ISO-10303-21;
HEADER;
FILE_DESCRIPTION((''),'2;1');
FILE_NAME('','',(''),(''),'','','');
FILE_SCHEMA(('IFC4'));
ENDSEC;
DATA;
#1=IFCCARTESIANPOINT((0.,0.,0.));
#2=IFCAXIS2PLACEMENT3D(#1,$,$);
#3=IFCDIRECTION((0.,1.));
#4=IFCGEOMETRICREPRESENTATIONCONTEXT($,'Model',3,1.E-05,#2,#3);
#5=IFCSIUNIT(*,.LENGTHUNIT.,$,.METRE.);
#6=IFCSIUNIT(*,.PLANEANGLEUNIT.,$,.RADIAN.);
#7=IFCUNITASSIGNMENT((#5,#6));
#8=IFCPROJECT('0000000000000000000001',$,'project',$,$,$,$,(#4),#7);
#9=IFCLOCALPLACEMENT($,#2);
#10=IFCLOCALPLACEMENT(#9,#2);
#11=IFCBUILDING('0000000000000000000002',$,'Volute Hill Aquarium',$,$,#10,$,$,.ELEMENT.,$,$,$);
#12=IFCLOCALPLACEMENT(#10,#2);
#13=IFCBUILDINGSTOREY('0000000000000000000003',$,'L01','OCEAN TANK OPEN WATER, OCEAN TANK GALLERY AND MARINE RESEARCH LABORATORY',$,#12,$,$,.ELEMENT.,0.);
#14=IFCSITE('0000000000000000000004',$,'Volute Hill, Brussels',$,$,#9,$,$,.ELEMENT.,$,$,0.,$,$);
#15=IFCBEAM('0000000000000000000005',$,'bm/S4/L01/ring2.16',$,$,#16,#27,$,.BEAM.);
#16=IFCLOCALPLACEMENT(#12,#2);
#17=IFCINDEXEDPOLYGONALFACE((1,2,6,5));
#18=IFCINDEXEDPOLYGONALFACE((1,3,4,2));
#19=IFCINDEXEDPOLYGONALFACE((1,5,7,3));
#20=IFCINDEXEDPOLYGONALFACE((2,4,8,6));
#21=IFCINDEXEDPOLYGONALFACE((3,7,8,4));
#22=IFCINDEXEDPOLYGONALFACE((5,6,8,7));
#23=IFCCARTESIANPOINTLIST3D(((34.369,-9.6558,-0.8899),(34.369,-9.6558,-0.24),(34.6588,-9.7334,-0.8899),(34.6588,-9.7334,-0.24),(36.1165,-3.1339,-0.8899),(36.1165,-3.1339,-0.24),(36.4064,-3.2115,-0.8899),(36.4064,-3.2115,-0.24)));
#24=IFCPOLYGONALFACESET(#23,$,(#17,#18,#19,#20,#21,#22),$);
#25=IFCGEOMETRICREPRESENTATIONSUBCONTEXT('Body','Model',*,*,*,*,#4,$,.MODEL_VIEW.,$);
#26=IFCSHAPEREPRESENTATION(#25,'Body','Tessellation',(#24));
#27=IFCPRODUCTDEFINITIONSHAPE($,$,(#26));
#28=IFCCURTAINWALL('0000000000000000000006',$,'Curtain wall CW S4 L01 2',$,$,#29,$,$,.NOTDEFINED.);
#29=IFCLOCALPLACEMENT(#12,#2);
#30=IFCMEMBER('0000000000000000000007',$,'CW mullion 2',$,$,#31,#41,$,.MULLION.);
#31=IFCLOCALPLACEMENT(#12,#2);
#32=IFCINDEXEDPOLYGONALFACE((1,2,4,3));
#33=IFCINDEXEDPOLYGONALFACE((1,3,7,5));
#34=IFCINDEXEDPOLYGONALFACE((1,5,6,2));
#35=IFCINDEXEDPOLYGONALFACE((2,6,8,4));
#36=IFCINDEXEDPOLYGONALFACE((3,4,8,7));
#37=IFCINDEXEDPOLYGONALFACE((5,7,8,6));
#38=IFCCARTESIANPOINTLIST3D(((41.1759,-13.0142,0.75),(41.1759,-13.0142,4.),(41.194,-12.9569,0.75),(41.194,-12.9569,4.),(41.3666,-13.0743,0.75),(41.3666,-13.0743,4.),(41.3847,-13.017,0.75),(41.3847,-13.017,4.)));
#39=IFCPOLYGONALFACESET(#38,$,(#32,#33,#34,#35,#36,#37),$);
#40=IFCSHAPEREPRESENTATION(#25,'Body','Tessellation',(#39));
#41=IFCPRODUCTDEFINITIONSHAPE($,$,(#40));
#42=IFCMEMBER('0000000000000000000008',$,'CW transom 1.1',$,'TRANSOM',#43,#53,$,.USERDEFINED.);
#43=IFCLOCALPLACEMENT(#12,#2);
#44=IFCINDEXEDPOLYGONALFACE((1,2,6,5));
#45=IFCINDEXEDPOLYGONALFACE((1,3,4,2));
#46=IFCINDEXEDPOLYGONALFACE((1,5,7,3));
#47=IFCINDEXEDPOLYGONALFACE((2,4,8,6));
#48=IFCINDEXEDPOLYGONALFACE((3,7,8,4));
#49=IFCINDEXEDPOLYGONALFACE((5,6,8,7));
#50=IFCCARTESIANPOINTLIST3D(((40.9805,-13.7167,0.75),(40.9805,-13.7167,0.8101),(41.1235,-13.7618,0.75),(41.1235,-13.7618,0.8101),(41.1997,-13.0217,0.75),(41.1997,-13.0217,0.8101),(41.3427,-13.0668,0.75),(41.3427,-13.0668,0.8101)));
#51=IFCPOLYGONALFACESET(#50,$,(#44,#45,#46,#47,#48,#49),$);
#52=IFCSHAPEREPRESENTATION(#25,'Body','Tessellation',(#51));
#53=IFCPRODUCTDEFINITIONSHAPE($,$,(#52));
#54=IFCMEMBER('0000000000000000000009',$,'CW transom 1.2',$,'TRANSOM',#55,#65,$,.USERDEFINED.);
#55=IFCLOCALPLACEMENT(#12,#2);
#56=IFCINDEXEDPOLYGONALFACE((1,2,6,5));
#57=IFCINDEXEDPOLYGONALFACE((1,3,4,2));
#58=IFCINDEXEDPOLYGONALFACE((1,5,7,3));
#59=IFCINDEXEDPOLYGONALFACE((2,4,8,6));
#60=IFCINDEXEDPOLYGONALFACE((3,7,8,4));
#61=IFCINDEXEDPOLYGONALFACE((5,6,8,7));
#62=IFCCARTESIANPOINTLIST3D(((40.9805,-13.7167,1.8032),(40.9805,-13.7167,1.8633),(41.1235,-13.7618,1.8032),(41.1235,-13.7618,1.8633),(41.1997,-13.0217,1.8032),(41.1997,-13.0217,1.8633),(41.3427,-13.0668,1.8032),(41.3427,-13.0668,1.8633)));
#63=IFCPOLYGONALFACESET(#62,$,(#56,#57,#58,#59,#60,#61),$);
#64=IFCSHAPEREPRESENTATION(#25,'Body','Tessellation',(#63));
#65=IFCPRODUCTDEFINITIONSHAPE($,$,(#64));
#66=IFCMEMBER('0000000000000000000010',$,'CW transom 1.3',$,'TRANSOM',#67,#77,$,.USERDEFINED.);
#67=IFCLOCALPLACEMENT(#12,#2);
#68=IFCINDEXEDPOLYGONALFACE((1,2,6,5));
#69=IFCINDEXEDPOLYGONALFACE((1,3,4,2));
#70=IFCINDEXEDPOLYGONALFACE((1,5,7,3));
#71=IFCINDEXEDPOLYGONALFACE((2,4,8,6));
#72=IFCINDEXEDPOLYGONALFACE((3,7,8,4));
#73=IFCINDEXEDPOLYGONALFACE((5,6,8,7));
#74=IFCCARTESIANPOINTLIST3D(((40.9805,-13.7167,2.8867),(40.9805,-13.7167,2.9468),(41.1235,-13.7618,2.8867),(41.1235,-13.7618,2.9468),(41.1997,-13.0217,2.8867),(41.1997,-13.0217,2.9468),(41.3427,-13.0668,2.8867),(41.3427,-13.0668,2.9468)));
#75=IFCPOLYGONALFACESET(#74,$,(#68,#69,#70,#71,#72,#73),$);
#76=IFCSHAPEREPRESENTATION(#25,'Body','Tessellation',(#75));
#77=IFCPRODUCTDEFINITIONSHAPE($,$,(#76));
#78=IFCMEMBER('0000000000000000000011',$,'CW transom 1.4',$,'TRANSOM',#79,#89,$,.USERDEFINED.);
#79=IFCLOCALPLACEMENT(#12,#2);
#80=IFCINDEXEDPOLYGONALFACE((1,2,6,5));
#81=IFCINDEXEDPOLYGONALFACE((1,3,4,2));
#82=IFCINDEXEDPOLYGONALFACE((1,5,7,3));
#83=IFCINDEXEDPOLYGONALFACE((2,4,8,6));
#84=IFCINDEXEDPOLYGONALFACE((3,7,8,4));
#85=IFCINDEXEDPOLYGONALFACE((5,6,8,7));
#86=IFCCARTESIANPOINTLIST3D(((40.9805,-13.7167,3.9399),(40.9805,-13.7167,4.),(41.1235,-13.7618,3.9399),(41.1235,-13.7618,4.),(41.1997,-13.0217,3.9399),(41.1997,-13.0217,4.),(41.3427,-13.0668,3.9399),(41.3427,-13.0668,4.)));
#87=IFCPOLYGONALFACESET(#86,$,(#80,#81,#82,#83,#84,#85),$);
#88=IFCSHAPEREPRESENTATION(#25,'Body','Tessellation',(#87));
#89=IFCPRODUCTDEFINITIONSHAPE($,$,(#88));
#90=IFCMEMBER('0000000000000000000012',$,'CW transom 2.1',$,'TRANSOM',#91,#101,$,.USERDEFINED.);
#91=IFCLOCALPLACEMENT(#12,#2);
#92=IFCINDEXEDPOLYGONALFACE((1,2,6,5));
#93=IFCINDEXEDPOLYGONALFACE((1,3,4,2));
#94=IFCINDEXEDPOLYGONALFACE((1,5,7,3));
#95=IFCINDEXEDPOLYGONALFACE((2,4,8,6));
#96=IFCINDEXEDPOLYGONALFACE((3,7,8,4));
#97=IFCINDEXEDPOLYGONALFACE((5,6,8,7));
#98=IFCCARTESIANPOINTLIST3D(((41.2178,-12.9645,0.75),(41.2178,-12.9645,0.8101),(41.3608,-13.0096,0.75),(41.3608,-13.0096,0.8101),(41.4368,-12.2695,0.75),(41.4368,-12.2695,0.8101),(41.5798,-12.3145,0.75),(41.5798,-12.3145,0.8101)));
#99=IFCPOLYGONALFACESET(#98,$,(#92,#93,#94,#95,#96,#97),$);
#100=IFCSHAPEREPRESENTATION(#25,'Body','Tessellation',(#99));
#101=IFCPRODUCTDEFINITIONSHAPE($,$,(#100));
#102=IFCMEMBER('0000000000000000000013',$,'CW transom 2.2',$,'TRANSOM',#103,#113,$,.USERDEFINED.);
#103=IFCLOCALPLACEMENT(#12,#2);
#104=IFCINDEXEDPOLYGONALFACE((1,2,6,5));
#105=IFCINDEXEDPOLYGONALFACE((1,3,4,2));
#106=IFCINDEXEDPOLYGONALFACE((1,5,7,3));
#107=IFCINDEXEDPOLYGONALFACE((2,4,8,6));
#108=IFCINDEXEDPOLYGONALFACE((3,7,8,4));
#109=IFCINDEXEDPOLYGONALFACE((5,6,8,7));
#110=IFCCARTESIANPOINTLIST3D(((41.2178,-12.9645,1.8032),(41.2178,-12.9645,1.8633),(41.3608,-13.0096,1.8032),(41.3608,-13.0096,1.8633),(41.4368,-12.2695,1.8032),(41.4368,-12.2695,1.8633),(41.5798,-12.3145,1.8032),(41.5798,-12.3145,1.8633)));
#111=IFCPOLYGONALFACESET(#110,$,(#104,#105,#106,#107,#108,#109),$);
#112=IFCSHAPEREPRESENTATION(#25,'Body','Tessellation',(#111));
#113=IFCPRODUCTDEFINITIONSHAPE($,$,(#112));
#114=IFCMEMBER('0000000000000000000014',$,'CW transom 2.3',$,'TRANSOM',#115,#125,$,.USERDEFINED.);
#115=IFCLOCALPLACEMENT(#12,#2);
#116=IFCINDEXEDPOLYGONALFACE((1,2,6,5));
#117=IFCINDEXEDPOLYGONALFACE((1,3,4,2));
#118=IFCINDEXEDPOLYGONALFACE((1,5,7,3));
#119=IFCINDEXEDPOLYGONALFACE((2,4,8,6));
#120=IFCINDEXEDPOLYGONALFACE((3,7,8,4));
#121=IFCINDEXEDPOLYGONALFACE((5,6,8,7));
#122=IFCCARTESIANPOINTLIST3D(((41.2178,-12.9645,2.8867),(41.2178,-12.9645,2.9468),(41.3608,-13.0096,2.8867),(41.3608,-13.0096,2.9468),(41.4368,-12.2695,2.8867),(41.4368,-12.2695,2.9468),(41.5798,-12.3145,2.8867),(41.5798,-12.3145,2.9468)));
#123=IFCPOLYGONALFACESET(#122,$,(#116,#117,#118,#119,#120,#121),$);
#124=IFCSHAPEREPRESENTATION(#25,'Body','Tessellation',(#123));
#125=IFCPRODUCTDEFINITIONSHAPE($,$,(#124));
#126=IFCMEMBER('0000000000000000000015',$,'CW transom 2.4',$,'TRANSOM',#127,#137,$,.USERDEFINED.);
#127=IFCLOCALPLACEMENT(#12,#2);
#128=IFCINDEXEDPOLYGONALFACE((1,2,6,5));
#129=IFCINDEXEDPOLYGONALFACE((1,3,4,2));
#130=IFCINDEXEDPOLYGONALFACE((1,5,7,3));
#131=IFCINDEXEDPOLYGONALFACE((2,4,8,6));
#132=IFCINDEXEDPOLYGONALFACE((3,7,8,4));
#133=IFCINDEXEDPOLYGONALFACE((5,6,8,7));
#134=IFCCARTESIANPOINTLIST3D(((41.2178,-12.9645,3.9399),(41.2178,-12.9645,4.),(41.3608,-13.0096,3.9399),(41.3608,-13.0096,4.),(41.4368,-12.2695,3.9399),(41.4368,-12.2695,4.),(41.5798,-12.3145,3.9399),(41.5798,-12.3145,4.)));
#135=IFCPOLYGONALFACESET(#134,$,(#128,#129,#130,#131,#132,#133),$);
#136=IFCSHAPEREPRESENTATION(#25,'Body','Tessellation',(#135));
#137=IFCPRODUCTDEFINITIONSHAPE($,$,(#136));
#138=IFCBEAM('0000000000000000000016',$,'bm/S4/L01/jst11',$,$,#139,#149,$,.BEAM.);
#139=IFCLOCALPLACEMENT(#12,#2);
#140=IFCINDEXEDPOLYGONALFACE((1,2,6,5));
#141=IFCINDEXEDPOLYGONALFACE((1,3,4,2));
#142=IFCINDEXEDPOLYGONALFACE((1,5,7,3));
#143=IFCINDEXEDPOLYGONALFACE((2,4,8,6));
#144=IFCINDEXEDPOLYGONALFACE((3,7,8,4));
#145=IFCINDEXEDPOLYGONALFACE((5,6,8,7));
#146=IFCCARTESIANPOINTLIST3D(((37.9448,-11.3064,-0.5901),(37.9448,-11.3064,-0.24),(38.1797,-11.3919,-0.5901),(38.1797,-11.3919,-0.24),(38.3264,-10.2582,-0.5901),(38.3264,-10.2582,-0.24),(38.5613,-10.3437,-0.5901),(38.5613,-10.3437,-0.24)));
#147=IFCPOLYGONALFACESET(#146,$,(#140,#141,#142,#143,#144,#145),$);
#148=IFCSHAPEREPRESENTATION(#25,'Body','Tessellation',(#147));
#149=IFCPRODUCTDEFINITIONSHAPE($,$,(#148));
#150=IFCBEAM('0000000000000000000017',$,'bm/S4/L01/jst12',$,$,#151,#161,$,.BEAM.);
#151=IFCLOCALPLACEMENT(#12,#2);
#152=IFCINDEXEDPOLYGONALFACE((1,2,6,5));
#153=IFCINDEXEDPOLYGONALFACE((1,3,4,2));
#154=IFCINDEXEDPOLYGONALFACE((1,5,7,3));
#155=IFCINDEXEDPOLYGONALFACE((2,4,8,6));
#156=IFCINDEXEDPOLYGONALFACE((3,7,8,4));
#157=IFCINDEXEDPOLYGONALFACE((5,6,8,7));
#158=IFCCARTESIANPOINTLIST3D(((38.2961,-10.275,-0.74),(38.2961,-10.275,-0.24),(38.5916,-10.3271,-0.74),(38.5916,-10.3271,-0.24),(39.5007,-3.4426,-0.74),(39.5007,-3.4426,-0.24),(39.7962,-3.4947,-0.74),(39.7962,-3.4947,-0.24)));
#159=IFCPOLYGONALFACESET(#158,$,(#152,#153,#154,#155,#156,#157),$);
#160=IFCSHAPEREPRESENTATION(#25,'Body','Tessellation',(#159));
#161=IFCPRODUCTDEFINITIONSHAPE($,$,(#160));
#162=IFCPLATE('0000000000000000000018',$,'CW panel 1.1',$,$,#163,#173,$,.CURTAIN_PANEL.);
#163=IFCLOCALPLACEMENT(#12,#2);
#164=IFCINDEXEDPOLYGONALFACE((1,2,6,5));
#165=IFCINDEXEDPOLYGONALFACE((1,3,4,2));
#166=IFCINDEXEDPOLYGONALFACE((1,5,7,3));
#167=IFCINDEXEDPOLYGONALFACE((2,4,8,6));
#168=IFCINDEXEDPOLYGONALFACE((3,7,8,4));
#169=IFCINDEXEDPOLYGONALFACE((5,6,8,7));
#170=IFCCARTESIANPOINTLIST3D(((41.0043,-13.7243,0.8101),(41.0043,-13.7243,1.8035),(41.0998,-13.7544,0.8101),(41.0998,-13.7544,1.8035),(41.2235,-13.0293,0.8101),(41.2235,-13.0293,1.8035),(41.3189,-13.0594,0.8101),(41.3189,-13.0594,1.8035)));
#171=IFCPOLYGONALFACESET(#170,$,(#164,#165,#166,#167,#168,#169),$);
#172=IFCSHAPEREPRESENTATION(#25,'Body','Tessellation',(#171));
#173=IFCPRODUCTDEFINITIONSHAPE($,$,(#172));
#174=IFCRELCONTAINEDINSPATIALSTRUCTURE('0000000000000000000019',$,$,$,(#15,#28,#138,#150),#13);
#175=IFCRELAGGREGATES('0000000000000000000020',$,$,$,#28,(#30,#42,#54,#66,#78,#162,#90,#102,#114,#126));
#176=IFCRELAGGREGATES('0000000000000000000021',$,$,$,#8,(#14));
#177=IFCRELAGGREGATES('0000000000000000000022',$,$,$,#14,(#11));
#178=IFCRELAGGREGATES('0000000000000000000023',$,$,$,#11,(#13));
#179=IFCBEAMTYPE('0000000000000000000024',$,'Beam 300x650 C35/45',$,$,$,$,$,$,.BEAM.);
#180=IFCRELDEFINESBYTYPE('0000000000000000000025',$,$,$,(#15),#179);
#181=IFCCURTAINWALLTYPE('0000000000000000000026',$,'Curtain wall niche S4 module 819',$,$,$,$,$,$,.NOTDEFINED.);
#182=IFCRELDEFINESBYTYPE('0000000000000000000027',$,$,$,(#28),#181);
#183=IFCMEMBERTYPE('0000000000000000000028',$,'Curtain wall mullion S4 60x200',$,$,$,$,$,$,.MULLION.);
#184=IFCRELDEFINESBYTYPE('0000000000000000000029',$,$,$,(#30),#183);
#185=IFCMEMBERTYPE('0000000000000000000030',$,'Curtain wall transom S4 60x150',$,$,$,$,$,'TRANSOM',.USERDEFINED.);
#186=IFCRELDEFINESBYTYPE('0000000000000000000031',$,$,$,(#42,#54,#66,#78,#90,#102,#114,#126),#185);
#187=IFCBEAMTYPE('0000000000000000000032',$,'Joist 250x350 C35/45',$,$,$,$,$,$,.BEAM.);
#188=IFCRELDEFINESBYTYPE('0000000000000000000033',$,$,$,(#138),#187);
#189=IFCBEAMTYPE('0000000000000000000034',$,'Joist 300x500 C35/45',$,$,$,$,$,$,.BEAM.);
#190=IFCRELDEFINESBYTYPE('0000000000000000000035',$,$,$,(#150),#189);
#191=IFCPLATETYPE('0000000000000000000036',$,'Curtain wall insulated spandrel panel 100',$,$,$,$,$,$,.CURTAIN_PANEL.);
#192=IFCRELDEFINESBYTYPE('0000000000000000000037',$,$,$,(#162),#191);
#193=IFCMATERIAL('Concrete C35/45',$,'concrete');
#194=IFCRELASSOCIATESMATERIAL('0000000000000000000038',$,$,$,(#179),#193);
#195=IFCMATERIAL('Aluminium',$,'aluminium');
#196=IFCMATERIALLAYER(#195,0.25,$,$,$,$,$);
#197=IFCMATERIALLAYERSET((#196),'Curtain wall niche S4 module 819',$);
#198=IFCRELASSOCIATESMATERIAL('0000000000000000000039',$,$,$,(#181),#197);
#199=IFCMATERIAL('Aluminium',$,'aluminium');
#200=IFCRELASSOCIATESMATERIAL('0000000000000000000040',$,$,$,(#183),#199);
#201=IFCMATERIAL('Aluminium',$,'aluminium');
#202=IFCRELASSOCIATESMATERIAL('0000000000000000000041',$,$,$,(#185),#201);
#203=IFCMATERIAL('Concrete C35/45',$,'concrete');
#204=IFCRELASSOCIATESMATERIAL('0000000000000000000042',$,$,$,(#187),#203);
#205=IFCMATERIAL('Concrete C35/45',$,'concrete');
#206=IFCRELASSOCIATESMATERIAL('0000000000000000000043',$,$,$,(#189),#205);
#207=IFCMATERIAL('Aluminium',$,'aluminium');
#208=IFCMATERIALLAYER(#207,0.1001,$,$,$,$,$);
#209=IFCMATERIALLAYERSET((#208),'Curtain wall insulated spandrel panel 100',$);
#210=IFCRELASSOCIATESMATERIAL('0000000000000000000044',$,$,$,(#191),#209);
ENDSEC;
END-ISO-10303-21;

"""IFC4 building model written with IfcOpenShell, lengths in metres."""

from ifc_helpers import new_model, si_unit, direction, frame, origin, origin_2d, place, context, subcontext, project, spatial, rectangle, extrude, material, layer, layer_set, material_profile, profile_set, type_object, element, aggregate, save


model = new_model("IFC4")

# Units and contexts
model_context = context("Model", 3, precision=1e-05, world=origin(), true_north=direction((0.0, 1.0)))
body_context = subcontext(model_context, "Body", "Model", "MODEL_VIEW")
ifc_project = project(units=[si_unit("LENGTHUNIT", "METRE"), si_unit("PLANEANGLEUNIT", "RADIAN")], contexts=[model_context])

# Site, building, storey
site_placement = place(None, origin())
site = spatial("IfcSite", under=ifc_project, at=site_placement, Name="Volute Hill, Brussels", CompositionType="ELEMENT", RefElevation=0.0)
building_placement = place(site_placement, origin())
building = spatial("IfcBuilding", under=site, at=building_placement, Name="Volute Hill Aquarium", CompositionType="ELEMENT")
storey_placement = place(building_placement, origin())
storey = spatial("IfcBuildingStorey", under=building, at=storey_placement, Name="L01", Description="OCEAN TANK OPEN WATER, OCEAN TANK GALLERY AND MARINE RESEARCH LABORATORY", CompositionType="ELEMENT", Elevation=0.0)

# Beam
ifc_material_1 = material(Name="Concrete C35/45", Category="concrete")
ifc_material_profile_1 = material_profile(ifc_material_1, rectangle(XDim=0.3, YDim=0.6499, at=origin_2d()), Name="RC beam 300x650")
ifc_profile_set_1 = profile_set([ifc_material_profile_1], Name="Concrete C35/45")
beam_type_1 = type_object("IfcBeamType", Name="Beam 300x650 C35/45", PredefinedType="BEAM", material=ifc_profile_set_1)
beam_1_placement = place(storey_placement, frame((34.5139, -9.6946, -0.5649), z_axis=(0.258819, 0.965926, 0.0), x_axis=(-0.965926, 0.258819, 0.0)))
element("IfcBeam", 1, at=beam_1_placement, inside=storey, type_object=beam_type_1, Name="bm/S4/L01/ring2.16", PredefinedType="BEAM", context=body_context, shape_type="SweptSolid", body=[
    extrude(rectangle(XDim=0.3, YDim=0.6499, at=origin_2d()), origin(), (0.0, 0.0, 1.0), 6.752),
])

# Curtain wall, members
ifc_material_2 = material(Name="Aluminium", Category="aluminium")
ifc_layer_1 = layer(ifc_material_2, 0.25)
ifc_layer_set_1 = layer_set([ifc_layer_1], Name="Curtain wall niche S4 module 819")
curtain_wall_type = type_object("IfcCurtainWallType", Name="Curtain wall niche S4 module 819", PredefinedType="NOTDEFINED", material=ifc_layer_set_1)
curtain_wall_placement = place(storey_placement, origin())
curtain_wall = element("IfcCurtainWall", 2, at=curtain_wall_placement, inside=storey, type_object=curtain_wall_type, Name="Curtain wall CW S4 L01 2", PredefinedType="NOTDEFINED")
ifc_material_3 = material(Name="Aluminium", Category="aluminium")
ifc_material_profile_2 = material_profile(ifc_material_3, rectangle(XDim=0.2, YDim=0.0601, at=origin_2d()), Name="Curtain wall mullion S4 60x200")
ifc_profile_set_2 = profile_set([ifc_material_profile_2], Name="Aluminium")
member_type_1 = type_object("IfcMemberType", Name="Curtain wall mullion S4 60x200", PredefinedType="MULLION", material=ifc_profile_set_2)
member_1_placement = place(storey_placement, frame((41.2803, -13.0156, 0.75), z_axis=(0.0, 0.0, 1.0), x_axis=(-0.953716, 0.30071, 0.0)))
member_1 = element("IfcMember", 3, at=member_1_placement, type_object=member_type_1, Name="CW mullion 2", PredefinedType="MULLION", context=body_context, shape_type="SweptSolid", body=[
    extrude(rectangle(XDim=0.2, YDim=0.0601, at=origin_2d()), origin(), (0.0, 0.0, 1.0), 3.25),
])
ifc_material_4 = material(Name="Aluminium", Category="aluminium")
ifc_material_profile_3 = material_profile(ifc_material_4, rectangle(XDim=0.1499, YDim=0.0601, at=origin_2d()), Name="Curtain wall transom S4 60x150")
ifc_profile_set_3 = profile_set([ifc_material_profile_3], Name="Aluminium")
member_type_2 = type_object("IfcMemberType", Name="Curtain wall transom S4 60x150", ElementType="TRANSOM", PredefinedType="USERDEFINED", material=ifc_profile_set_3)
member_2_placement = place(storey_placement, frame((41.052, -13.7393, 0.78), z_axis=(0.300811, 0.953684, 0.0), x_axis=(-0.953684, 0.300811, 0.0)))
member_2 = element("IfcMember", 4, at=member_2_placement, type_object=member_type_2, Name="CW transom 1.1", ObjectType="TRANSOM", PredefinedType="USERDEFINED", context=body_context, shape_type="SweptSolid", body=[
    extrude(rectangle(XDim=0.1499, YDim=0.0601, at=origin_2d()), origin(), (0.0, 0.0, 1.0), 0.7288),
])
member_3_placement = place(storey_placement, frame((41.052, -13.7393, 1.8333), z_axis=(0.300811, 0.953684, 0.0), x_axis=(-0.953684, 0.300811, 0.0)))
member_3 = element("IfcMember", 5, at=member_3_placement, type_object=member_type_2, Name="CW transom 1.2", ObjectType="TRANSOM", PredefinedType="USERDEFINED", context=body_context, shape_type="SweptSolid", body=[
    extrude(rectangle(XDim=0.1499, YDim=0.0601, at=origin_2d()), origin(), (0.0, 0.0, 1.0), 0.7288),
])
member_4_placement = place(storey_placement, frame((41.052, -13.7393, 2.9167), z_axis=(0.300811, 0.953684, 0.0), x_axis=(-0.953684, 0.300811, 0.0)))
member_4 = element("IfcMember", 6, at=member_4_placement, type_object=member_type_2, Name="CW transom 1.3", ObjectType="TRANSOM", PredefinedType="USERDEFINED", context=body_context, shape_type="SweptSolid", body=[
    extrude(rectangle(XDim=0.1499, YDim=0.0601, at=origin_2d()), origin(), (0.0, 0.0, 1.0), 0.7288),
])
member_5_placement = place(storey_placement, frame((41.052, -13.7393, 3.97), z_axis=(0.300811, 0.953684, 0.0), x_axis=(-0.953684, 0.300811, 0.0)))
member_5 = element("IfcMember", 7, at=member_5_placement, type_object=member_type_2, Name="CW transom 1.4", ObjectType="TRANSOM", PredefinedType="USERDEFINED", context=body_context, shape_type="SweptSolid", body=[
    extrude(rectangle(XDim=0.1499, YDim=0.0601, at=origin_2d()), origin(), (0.0, 0.0, 1.0), 0.7288),
])
member_6_placement = place(storey_placement, frame((41.2893, -12.9871, 0.78), z_axis=(0.300506, 0.95378, 0.0), x_axis=(-0.95378, 0.300506, 0.0)))
member_6 = element("IfcMember", 8, at=member_6_placement, type_object=member_type_2, Name="CW transom 2.1", ObjectType="TRANSOM", PredefinedType="USERDEFINED", context=body_context, shape_type="SweptSolid", body=[
    extrude(rectangle(XDim=0.1499, YDim=0.0601, at=origin_2d()), origin(), (0.0, 0.0, 1.0), 0.7288),
])
member_7_placement = place(storey_placement, frame((41.2893, -12.9871, 1.8333), z_axis=(0.300506, 0.95378, 0.0), x_axis=(-0.95378, 0.300506, 0.0)))
member_7 = element("IfcMember", 9, at=member_7_placement, type_object=member_type_2, Name="CW transom 2.2", ObjectType="TRANSOM", PredefinedType="USERDEFINED", context=body_context, shape_type="SweptSolid", body=[
    extrude(rectangle(XDim=0.1499, YDim=0.0601, at=origin_2d()), origin(), (0.0, 0.0, 1.0), 0.7288),
])
member_8_placement = place(storey_placement, frame((41.2893, -12.9871, 2.9167), z_axis=(0.300506, 0.95378, 0.0), x_axis=(-0.95378, 0.300506, 0.0)))
member_8 = element("IfcMember", 10, at=member_8_placement, type_object=member_type_2, Name="CW transom 2.3", ObjectType="TRANSOM", PredefinedType="USERDEFINED", context=body_context, shape_type="SweptSolid", body=[
    extrude(rectangle(XDim=0.1499, YDim=0.0601, at=origin_2d()), origin(), (0.0, 0.0, 1.0), 0.7288),
])
member_9_placement = place(storey_placement, frame((41.2893, -12.9871, 3.97), z_axis=(0.300506, 0.95378, 0.0), x_axis=(-0.95378, 0.300506, 0.0)))
member_9 = element("IfcMember", 11, at=member_9_placement, type_object=member_type_2, Name="CW transom 2.4", ObjectType="TRANSOM", PredefinedType="USERDEFINED", context=body_context, shape_type="SweptSolid", body=[
    extrude(rectangle(XDim=0.1499, YDim=0.0601, at=origin_2d()), origin(), (0.0, 0.0, 1.0), 0.7288),
])

# Beams
ifc_material_5 = material(Name="Concrete C35/45", Category="concrete")
ifc_material_profile_4 = material_profile(ifc_material_5, rectangle(XDim=0.25, YDim=0.3501, at=origin_2d()), Name="RC joist 250x350")
ifc_profile_set_4 = profile_set([ifc_material_profile_4], Name="Concrete C35/45")
beam_type_2 = type_object("IfcBeamType", Name="Joist 250x350 C35/45", PredefinedType="BEAM", material=ifc_profile_set_4)
beam_2_placement = place(storey_placement, frame((38.0623, -11.3491, -0.415), z_axis=(0.342112, 0.939659, 0.0), x_axis=(-0.939659, 0.342112, 0.0)))
element("IfcBeam", 12, at=beam_2_placement, inside=storey, type_object=beam_type_2, Name="bm/S4/L01/jst11", PredefinedType="BEAM", context=body_context, shape_type="SweptSolid", body=[
    extrude(rectangle(XDim=0.25, YDim=0.3501, at=origin_2d()), origin(), (0.0, 0.0, 1.0), 1.1155),
])
ifc_material_6 = material(Name="Concrete C35/45", Category="concrete")
ifc_material_profile_5 = material_profile(ifc_material_6, rectangle(XDim=0.3, YDim=0.5, at=origin_2d()), Name="RC joist 300x500")
ifc_profile_set_5 = profile_set([ifc_material_profile_5], Name="Concrete C35/45")
beam_type_3 = type_object("IfcBeamType", Name="Joist 300x500 C35/45", PredefinedType="BEAM", material=ifc_profile_set_5)
beam_3_placement = place(storey_placement, frame((38.4438, -10.301, -0.49), z_axis=(0.173631, 0.984811, 0.0), x_axis=(-0.984811, 0.173631, 0.0)))
element("IfcBeam", 13, at=beam_3_placement, inside=storey, type_object=beam_type_3, Name="bm/S4/L01/jst12", PredefinedType="BEAM", context=body_context, shape_type="SweptSolid", body=[
    extrude(rectangle(XDim=0.3, YDim=0.5, at=origin_2d()), origin(), (0.0, 0.0, 1.0), 6.9377),
])

# Plate
ifc_material_7 = material(Name="Aluminium", Category="aluminium")
ifc_layer_2 = layer(ifc_material_7, 0.1001)
ifc_layer_set_2 = layer_set([ifc_layer_2], Name="Curtain wall insulated spandrel panel 100")
plate_type = type_object("IfcPlateType", Name="Curtain wall insulated spandrel panel 100", PredefinedType="CURTAIN_PANEL", material=ifc_layer_set_2)
plate_1_placement = place(storey_placement, frame((41.1616, -13.3918, 0.8101), z_axis=(0.0, 0.0, 1.0), x_axis=(0.30071, 0.953716, 0.0)))
plate_1 = element("IfcPlate", 14, at=plate_1_placement, type_object=plate_type, Name="CW panel 1.1", PredefinedType="CURTAIN_PANEL", context=body_context, shape_type="SweptSolid", body=[
    extrude(rectangle(XDim=0.7288, YDim=0.1001, at=origin_2d()), origin(), (0.0, 0.0, 1.0), 0.9934),
])
aggregate(curtain_wall, [member_1, member_2, member_3, member_4, member_5, plate_1, member_6, member_7, member_8, member_9])

save(model, "model.ifc")
